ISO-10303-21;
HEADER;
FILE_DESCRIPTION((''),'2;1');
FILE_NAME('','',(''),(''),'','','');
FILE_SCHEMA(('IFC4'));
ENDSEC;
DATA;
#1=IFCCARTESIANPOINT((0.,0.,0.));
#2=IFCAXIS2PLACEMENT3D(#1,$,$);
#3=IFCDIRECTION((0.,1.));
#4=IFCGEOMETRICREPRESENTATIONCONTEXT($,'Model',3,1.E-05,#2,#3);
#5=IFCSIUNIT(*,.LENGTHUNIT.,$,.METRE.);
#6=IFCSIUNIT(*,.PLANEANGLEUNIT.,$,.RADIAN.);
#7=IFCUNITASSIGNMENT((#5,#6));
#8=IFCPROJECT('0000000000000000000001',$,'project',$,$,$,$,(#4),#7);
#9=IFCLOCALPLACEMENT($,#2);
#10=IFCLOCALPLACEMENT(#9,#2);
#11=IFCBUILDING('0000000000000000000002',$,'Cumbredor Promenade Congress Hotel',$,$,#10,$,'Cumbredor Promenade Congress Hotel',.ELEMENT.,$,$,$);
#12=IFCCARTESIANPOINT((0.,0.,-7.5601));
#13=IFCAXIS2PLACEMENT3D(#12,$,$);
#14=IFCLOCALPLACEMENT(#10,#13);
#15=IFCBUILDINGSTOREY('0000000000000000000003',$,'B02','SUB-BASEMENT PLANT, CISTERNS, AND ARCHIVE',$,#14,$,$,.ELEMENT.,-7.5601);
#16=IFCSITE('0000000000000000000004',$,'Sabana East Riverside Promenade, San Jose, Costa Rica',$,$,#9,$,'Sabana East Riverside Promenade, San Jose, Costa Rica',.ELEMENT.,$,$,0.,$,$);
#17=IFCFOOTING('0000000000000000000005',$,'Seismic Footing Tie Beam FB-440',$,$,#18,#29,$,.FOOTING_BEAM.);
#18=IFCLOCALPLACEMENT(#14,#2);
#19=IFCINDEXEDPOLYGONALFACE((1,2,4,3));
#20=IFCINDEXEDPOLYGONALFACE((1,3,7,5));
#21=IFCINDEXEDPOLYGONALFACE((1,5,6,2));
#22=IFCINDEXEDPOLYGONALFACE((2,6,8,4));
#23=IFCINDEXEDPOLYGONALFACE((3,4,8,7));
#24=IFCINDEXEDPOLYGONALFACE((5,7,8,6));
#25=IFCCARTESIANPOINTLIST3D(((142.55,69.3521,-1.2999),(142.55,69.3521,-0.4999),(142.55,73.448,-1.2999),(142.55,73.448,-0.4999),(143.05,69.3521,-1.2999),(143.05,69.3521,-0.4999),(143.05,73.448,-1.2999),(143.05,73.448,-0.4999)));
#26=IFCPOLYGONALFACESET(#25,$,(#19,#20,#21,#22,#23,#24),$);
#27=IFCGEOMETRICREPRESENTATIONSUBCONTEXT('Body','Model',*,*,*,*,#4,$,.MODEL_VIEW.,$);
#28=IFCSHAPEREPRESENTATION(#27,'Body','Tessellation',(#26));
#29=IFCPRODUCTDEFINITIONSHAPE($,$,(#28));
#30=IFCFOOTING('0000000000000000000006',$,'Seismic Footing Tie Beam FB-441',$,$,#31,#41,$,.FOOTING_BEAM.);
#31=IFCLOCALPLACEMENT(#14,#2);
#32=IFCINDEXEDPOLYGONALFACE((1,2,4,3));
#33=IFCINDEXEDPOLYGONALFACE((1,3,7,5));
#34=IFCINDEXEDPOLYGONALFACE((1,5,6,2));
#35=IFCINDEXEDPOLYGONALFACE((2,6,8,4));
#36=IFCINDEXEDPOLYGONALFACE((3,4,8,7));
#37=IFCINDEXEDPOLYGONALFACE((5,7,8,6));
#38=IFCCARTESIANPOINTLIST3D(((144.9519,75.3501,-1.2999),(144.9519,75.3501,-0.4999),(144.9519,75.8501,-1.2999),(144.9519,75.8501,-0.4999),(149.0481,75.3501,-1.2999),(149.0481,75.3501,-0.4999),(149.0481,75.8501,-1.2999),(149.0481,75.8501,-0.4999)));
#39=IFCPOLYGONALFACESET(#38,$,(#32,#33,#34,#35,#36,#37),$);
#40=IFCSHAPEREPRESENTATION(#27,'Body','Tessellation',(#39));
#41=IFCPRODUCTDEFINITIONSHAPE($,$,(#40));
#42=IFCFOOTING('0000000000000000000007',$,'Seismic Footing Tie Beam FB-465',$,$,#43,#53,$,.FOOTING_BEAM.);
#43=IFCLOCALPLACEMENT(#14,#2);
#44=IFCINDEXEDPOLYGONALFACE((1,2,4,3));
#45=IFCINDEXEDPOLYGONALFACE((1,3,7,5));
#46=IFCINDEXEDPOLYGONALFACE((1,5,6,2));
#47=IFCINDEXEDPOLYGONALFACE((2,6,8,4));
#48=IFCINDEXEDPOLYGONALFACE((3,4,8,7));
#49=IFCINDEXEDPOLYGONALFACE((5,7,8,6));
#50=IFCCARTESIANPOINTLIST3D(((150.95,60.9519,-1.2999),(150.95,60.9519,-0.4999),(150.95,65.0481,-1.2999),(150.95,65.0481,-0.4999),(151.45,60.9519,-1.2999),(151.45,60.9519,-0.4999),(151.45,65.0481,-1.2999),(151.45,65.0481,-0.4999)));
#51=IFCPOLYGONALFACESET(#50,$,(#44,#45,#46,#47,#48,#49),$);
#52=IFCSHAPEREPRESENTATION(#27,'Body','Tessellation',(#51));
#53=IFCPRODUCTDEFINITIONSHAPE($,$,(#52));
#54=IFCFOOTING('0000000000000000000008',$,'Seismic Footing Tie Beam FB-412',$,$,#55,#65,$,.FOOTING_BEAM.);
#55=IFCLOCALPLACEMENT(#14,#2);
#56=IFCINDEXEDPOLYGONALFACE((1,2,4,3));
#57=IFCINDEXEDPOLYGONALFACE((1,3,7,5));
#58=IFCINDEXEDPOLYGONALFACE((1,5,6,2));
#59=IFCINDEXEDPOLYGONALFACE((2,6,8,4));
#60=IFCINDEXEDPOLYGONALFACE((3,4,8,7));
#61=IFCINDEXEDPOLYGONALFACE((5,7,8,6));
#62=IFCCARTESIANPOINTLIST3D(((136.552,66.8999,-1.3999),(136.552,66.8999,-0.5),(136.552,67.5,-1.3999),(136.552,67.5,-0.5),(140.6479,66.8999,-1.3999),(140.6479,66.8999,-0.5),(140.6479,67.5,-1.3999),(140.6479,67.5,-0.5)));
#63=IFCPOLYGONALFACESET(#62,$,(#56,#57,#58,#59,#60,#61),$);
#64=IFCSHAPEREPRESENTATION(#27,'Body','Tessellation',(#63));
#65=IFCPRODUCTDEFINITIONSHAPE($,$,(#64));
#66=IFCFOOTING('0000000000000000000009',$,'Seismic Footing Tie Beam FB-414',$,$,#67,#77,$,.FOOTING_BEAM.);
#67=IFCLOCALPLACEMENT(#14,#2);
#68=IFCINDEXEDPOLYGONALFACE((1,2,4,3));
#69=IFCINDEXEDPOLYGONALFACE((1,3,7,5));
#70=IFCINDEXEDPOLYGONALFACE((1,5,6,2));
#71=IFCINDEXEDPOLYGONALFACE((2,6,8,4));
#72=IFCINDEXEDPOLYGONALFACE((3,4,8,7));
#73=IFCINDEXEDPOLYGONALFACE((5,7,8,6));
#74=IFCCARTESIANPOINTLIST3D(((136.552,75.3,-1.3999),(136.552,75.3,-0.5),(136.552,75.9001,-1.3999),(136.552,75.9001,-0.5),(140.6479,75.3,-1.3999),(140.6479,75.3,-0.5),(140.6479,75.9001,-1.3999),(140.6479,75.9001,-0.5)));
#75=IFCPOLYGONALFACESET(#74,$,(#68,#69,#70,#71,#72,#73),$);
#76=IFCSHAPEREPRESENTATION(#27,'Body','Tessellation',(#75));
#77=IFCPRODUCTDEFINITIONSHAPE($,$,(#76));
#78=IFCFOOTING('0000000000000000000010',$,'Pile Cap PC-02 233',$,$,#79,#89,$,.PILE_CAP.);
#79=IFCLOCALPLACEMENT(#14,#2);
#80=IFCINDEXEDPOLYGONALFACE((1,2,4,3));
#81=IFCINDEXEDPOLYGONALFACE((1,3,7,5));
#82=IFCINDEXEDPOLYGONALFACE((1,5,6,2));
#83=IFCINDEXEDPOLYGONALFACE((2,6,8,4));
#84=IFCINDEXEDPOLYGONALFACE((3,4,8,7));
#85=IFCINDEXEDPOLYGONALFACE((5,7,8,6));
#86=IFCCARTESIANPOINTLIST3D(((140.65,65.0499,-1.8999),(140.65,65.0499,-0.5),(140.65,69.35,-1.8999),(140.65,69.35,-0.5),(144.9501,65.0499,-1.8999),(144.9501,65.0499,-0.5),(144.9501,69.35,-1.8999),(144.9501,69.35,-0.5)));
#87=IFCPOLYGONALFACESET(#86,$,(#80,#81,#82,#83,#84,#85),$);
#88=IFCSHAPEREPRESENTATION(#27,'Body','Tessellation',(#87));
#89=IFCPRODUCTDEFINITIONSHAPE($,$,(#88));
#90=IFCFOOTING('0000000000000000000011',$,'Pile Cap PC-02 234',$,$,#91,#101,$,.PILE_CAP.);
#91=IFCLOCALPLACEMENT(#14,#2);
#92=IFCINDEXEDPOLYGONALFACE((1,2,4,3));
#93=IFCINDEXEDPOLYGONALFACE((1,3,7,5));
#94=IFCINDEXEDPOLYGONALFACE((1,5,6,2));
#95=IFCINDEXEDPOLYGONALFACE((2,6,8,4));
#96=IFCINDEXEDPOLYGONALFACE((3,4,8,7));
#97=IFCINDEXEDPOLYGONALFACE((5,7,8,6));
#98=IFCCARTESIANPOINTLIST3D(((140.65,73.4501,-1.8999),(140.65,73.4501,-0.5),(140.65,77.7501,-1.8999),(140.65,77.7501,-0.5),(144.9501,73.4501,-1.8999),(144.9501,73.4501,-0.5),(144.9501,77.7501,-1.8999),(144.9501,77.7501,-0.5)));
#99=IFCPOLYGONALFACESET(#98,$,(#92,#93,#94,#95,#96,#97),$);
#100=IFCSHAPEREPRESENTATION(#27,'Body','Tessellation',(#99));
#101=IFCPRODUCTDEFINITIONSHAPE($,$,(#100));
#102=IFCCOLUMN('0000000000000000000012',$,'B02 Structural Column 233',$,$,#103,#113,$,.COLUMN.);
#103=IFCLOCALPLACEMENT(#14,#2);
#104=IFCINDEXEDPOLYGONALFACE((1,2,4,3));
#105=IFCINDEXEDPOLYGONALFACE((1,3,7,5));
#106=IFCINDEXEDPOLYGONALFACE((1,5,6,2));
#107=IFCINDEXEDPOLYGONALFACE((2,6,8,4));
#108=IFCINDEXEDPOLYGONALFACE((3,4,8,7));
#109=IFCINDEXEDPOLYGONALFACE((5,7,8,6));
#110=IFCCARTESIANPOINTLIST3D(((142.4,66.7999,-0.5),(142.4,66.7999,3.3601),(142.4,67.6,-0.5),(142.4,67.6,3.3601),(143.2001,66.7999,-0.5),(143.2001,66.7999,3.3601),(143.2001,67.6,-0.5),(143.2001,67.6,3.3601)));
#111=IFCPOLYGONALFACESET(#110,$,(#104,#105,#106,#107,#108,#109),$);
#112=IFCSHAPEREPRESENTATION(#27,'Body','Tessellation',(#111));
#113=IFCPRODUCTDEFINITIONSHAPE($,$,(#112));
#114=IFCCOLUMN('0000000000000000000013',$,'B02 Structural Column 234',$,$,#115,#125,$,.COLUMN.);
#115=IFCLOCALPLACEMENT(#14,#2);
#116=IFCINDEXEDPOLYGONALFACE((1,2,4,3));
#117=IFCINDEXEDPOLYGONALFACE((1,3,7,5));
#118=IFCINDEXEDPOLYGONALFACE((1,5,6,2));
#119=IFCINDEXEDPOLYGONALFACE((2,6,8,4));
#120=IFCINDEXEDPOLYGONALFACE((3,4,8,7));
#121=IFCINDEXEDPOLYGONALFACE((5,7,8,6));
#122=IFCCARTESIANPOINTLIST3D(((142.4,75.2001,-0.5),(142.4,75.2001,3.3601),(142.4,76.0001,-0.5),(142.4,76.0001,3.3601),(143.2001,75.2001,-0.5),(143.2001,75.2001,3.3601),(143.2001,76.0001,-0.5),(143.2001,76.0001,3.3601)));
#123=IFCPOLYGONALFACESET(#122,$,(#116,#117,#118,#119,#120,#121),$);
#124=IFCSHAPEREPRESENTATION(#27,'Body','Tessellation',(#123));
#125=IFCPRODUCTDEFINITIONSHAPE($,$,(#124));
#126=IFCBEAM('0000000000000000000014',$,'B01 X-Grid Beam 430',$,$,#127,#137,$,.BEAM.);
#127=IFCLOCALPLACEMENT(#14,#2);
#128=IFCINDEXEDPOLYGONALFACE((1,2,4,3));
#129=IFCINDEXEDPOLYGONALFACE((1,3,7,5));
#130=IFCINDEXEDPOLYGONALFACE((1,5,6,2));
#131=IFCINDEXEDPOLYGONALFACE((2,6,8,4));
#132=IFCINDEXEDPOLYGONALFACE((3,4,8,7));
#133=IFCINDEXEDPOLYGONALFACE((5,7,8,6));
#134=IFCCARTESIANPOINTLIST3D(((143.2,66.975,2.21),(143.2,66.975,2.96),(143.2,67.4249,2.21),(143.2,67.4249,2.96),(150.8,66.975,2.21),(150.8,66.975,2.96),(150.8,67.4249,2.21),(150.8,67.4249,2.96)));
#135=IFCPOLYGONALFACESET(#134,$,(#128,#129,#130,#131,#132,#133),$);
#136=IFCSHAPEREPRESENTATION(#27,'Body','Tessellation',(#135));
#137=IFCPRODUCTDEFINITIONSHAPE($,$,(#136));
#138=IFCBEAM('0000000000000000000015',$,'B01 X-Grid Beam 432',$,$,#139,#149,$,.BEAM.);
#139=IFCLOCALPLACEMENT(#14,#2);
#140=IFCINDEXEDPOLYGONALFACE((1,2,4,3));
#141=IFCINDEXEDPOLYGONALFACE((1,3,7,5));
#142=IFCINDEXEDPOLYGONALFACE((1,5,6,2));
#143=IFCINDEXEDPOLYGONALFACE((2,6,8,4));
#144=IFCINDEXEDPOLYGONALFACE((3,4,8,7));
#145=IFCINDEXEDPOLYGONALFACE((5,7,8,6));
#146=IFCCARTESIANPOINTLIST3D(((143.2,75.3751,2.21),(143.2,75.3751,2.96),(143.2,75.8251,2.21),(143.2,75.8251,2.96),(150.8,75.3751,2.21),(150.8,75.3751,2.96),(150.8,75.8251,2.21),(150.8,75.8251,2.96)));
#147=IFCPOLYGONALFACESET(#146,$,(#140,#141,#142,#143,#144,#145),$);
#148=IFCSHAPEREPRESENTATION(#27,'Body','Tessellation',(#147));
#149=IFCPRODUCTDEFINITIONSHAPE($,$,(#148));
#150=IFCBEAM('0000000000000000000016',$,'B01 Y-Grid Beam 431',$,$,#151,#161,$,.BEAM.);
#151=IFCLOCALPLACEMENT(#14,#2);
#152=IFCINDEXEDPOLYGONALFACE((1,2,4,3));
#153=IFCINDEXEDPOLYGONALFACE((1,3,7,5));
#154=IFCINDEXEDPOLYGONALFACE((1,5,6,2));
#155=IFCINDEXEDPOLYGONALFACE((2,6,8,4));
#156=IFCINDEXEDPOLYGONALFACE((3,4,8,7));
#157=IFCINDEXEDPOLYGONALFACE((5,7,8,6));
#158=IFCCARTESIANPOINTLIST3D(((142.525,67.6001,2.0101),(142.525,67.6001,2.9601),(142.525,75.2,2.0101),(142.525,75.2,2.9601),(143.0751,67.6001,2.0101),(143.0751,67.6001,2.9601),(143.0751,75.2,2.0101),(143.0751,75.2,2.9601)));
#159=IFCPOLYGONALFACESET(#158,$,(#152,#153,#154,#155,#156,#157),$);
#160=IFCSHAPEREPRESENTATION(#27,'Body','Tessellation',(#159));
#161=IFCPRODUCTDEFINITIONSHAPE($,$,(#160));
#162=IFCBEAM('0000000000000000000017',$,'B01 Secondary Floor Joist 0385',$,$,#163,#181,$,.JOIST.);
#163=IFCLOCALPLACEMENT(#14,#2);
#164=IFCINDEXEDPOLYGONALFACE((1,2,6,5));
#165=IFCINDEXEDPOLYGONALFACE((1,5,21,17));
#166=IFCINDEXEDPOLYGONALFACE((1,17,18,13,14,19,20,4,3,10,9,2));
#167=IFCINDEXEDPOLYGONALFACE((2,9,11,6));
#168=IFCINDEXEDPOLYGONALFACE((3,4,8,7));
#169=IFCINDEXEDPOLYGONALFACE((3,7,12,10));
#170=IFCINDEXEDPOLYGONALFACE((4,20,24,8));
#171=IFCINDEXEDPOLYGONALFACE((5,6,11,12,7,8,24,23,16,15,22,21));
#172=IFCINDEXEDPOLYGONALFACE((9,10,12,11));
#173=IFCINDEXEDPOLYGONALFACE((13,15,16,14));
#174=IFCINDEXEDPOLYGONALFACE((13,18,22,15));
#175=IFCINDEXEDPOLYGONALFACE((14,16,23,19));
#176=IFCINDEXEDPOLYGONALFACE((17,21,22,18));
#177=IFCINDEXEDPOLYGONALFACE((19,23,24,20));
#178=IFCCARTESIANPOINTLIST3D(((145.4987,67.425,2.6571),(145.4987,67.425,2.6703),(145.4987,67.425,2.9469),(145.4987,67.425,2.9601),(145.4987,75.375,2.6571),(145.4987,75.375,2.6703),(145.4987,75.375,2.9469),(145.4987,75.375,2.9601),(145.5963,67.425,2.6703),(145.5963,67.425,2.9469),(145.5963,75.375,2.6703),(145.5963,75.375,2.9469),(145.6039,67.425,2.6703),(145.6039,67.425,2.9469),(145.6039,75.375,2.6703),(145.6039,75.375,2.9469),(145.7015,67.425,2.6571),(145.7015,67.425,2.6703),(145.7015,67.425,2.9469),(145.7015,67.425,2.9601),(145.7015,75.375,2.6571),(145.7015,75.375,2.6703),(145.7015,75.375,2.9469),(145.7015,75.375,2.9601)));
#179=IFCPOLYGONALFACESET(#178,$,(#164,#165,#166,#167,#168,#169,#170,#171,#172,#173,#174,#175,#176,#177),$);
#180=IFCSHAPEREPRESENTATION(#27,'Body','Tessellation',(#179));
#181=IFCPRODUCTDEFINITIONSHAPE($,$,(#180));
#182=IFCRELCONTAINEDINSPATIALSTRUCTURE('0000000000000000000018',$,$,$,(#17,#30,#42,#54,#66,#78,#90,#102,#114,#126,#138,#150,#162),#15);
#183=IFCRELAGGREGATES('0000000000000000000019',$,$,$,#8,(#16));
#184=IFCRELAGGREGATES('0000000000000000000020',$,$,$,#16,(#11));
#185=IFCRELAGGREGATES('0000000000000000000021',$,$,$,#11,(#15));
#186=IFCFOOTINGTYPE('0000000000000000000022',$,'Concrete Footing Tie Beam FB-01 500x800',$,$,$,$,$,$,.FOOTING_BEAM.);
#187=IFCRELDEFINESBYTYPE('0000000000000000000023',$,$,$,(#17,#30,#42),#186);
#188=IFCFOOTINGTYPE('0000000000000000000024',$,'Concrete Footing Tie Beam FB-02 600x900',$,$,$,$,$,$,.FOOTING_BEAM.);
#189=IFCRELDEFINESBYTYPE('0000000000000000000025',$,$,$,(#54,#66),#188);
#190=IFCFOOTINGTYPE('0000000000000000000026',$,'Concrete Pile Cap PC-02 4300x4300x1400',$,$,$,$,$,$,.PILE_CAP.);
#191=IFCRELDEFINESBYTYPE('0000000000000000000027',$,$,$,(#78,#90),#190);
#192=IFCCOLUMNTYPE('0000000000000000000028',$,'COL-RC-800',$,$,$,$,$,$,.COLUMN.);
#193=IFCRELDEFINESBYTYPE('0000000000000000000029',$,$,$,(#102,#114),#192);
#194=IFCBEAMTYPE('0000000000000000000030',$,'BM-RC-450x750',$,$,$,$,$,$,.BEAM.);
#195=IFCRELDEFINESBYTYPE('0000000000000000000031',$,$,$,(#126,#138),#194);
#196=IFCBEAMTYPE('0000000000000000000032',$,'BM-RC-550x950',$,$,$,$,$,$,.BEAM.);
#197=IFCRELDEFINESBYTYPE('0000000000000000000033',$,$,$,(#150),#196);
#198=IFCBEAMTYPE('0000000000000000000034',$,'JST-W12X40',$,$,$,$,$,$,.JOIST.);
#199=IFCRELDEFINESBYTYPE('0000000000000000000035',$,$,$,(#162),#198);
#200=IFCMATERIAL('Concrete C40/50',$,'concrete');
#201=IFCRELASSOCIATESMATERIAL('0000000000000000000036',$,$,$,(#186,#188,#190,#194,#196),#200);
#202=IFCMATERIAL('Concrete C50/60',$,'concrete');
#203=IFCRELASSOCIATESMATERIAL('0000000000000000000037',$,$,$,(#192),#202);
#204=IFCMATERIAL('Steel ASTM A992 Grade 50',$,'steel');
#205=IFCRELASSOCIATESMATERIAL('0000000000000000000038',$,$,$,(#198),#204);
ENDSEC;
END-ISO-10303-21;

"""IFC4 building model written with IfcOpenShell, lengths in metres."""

from ifc_helpers import new_model, si_unit, direction, frame, origin, origin_2d, place, context, subcontext, project, spatial, rectangle, i_section, extrude, material, material_profile, profile_set, type_object, element, save


model = new_model("IFC4")

# Units and contexts
model_context = context("Model", 3, precision=1e-05, world=origin(), true_north=direction((0.0, 1.0)))
body_context = subcontext(model_context, "Body", "Model", "MODEL_VIEW")
ifc_project = project(units=[si_unit("LENGTHUNIT", "METRE"), si_unit("PLANEANGLEUNIT", "RADIAN")], contexts=[model_context])

# Site, building, storey
site_placement = place(None, origin())
site = spatial("IfcSite", under=ifc_project, at=site_placement, Name="Sabana East Riverside Promenade, San Jose, Costa Rica", LongName="Sabana East Riverside Promenade, San Jose, Costa Rica", CompositionType="ELEMENT", RefElevation=0.0)
building_placement = place(site_placement, origin())
building = spatial("IfcBuilding", under=site, at=building_placement, Name="Cumbredor Promenade Congress Hotel", LongName="Cumbredor Promenade Congress Hotel", CompositionType="ELEMENT")
storey_placement = place(building_placement, frame((0.0, 0.0, -7.5601)))
storey = spatial("IfcBuildingStorey", under=building, at=storey_placement, Name="B02", Description="SUB-BASEMENT PLANT, CISTERNS, AND ARCHIVE", CompositionType="ELEMENT", Elevation=-7.5601)

# Shared definitions
ifc_material_1 = material(Name="Concrete C40/50", Category="concrete")

# Footings
ifc_material_profile_1 = material_profile(ifc_material_1, rectangle(XDim=0.5, YDim=0.8, at=origin_2d()), Name="FB 500x800")
ifc_profile_set_1 = profile_set([ifc_material_profile_1], Name="Concrete C40/50")
footing_type_1 = type_object("IfcFootingType", Name="Concrete Footing Tie Beam FB-01 500x800", PredefinedType="FOOTING_BEAM", material=ifc_profile_set_1)
footing_placement = place(storey_placement, frame((142.8, 69.3521, -0.8999), z_axis=(0.0, 1.0, 0.0), x_axis=(-1.0, 0.0, 0.0)))
element("IfcFooting", 1, at=footing_placement, inside=storey, type_object=footing_type_1, Name="Seismic Footing Tie Beam FB-440", PredefinedType="FOOTING_BEAM", context=body_context, shape_type="SweptSolid", body=[
    extrude(rectangle(XDim=0.5, YDim=0.8, at=origin_2d()), origin(), (0.0, 0.0, 1.0), 4.0959),
])
for number, where, z_axis, x_axis, name in (
    (2, (144.9519, 75.6001, -0.8999), (1.0, 0.0, 0.0), (0.0, 1.0, 0.0), "Seismic Footing Tie Beam FB-441"),
    (3, (151.2, 60.9519, -0.8999), (0.0, 1.0, 0.0), (-1.0, 0.0, 0.0), "Seismic Footing Tie Beam FB-465"),
):
    element("IfcFooting", number, at=place(storey_placement, frame(where, z_axis=z_axis, x_axis=x_axis)), inside=storey, type_object=footing_type_1, Name=name, PredefinedType="FOOTING_BEAM", context=body_context, shape_type="SweptSolid", body=[
        extrude(rectangle(XDim=0.5, YDim=0.8, at=origin_2d()), origin(), (0.0, 0.0, 1.0), 4.0962),
    ])
ifc_material_profile_2 = material_profile(ifc_material_1, rectangle(XDim=0.6001, YDim=0.8999, at=origin_2d()), Name="FB 600x900")
ifc_profile_set_2 = profile_set([ifc_material_profile_2], Name="Concrete C40/50")
footing_type_2 = type_object("IfcFootingType", Name="Concrete Footing Tie Beam FB-02 600x900", PredefinedType="FOOTING_BEAM", material=ifc_profile_set_2)
for number, where, z_axis, x_axis, name in (
    (4, (136.552, 67.2, -0.95), (1.0, 0.0, 0.0), (0.0, 1.0, 0.0), "Seismic Footing Tie Beam FB-412"),
    (5, (136.552, 75.6001, -0.95), (1.0, 0.0, 0.0), (0.0, 1.0, 0.0), "Seismic Footing Tie Beam FB-414"),
):
    element("IfcFooting", number, at=place(storey_placement, frame(where, z_axis=z_axis, x_axis=x_axis)), inside=storey, type_object=footing_type_2, Name=name, PredefinedType="FOOTING_BEAM", context=body_context, shape_type="SweptSolid", body=[
        extrude(rectangle(XDim=0.6001, YDim=0.8999, at=origin_2d()), origin(), (0.0, 0.0, 1.0), 4.0959),
    ])
footing_type_3 = type_object("IfcFootingType", Name="Concrete Pile Cap PC-02 4300x4300x1400", PredefinedType="PILE_CAP", material=ifc_material_1)
for number, where, z_axis, x_axis, name in (
    (6, (142.8, 67.2, -1.8999), (0.0, 0.0, 1.0), (1.0, 0.0, 0.0), "Pile Cap PC-02 233"),
    (7, (142.8, 75.6001, -1.8999), (0.0, 0.0, 1.0), (1.0, 0.0, 0.0), "Pile Cap PC-02 234"),
):
    element("IfcFooting", number, at=place(storey_placement, frame(where, z_axis=z_axis, x_axis=x_axis)), inside=storey, type_object=footing_type_3, Name=name, PredefinedType="PILE_CAP", context=body_context, shape_type="SweptSolid", body=[
        extrude(rectangle(XDim=4.3, YDim=4.3, at=origin_2d()), origin(), (0.0, 0.0, 1.0), 1.3999),
    ])

# Columns
ifc_material_2 = material(Name="Concrete C50/60", Category="concrete")
ifc_material_profile_3 = material_profile(ifc_material_2, rectangle(XDim=0.8, YDim=0.8, at=origin_2d()), Name="RC 800x800")
ifc_profile_set_3 = profile_set([ifc_material_profile_3], Name="Concrete C50/60")
column_type = type_object("IfcColumnType", Name="COL-RC-800", PredefinedType="COLUMN", material=ifc_profile_set_3)
for number, where, z_axis, x_axis, name in (
    (8, (142.8, 67.2, -0.5), (0.0, 0.0, 1.0), (1.0, 0.0, 0.0), "B02 Structural Column 233"),
    (9, (142.8, 75.6001, -0.5), (0.0, 0.0, 1.0), (1.0, 0.0, 0.0), "B02 Structural Column 234"),
):
    element("IfcColumn", number, at=place(storey_placement, frame(where, z_axis=z_axis, x_axis=x_axis)), inside=storey, type_object=column_type, Name=name, PredefinedType="COLUMN", context=body_context, shape_type="SweptSolid", body=[
        extrude(rectangle(XDim=0.8, YDim=0.8, at=origin_2d()), origin(), (0.0, 0.0, 1.0), 3.8601),
    ])

# Beams
ifc_material_profile_4 = material_profile(ifc_material_1, rectangle(XDim=0.45, YDim=0.75, at=origin_2d()), Name="RC BEAM 450x750")
ifc_profile_set_4 = profile_set([ifc_material_profile_4], Name="Concrete C40/50")
beam_type_1 = type_object("IfcBeamType", Name="BM-RC-450x750", PredefinedType="BEAM", material=ifc_profile_set_4)
for number, where, z_axis, x_axis, name in (
    (10, (143.2, 67.2, 2.585), (1.0, 0.0, 0.0), (0.0, 1.0, 0.0), "B01 X-Grid Beam 430"),
    (11, (143.2, 75.6001, 2.585), (1.0, 0.0, 0.0), (0.0, 1.0, 0.0), "B01 X-Grid Beam 432"),
):
    element("IfcBeam", number, at=place(storey_placement, frame(where, z_axis=z_axis, x_axis=x_axis)), inside=storey, type_object=beam_type_1, Name=name, PredefinedType="BEAM", context=body_context, shape_type="SweptSolid", body=[
        extrude(rectangle(XDim=0.45, YDim=0.75, at=origin_2d()), origin(), (0.0, 0.0, 1.0), 7.6001),
    ])
ifc_material_profile_5 = material_profile(ifc_material_1, rectangle(XDim=0.55, YDim=0.95, at=origin_2d()), Name="RC BEAM 550x950")
ifc_profile_set_5 = profile_set([ifc_material_profile_5], Name="Concrete C40/50")
beam_type_2 = type_object("IfcBeamType", Name="BM-RC-550x950", PredefinedType="BEAM", material=ifc_profile_set_5)
beam_placement = place(storey_placement, frame((142.8, 67.6001, 2.4851), z_axis=(0.0, 1.0, 0.0), x_axis=(-1.0, 0.0, 0.0)))
element("IfcBeam", 12, at=beam_placement, inside=storey, type_object=beam_type_2, Name="B01 Y-Grid Beam 431", PredefinedType="BEAM", context=body_context, shape_type="SweptSolid", body=[
    extrude(rectangle(XDim=0.55, YDim=0.95, at=origin_2d()), origin(), (0.0, 0.0, 1.0), 7.5999),
])
ifc_material_3 = material(Name="Steel ASTM A992 Grade 50", Category="steel")
ifc_material_profile_6 = material_profile(ifc_material_3, i_section(OverallWidth=0.2029, OverallDepth=0.303, WebThickness=0.0076, FlangeThickness=0.0132, at=origin_2d()), Name="W12X40")
ifc_profile_set_6 = profile_set([ifc_material_profile_6], Name="Steel ASTM A992 Grade 50")
beam_type_3 = type_object("IfcBeamType", Name="JST-W12X40", PredefinedType="JOIST", material=ifc_profile_set_6)
for number, where, z_axis, x_axis, name in (
    (13, (145.6001, 67.425, 2.8086), (0.0, 1.0, 0.0), (-1.0, 0.0, 0.0), "B01 Secondary Floor Joist 0385"),
):
    element("IfcBeam", number, at=place(storey_placement, frame(where, z_axis=z_axis, x_axis=x_axis)), inside=storey, type_object=beam_type_3, Name=name, PredefinedType="JOIST", context=body_context, shape_type="SweptSolid", body=[
        extrude(i_section(OverallWidth=0.2029, OverallDepth=0.303, WebThickness=0.0076, FlangeThickness=0.0132, at=origin_2d()), origin(), (0.0, 0.0, 1.0), 7.95),
    ])

save(model, "model.ifc")
